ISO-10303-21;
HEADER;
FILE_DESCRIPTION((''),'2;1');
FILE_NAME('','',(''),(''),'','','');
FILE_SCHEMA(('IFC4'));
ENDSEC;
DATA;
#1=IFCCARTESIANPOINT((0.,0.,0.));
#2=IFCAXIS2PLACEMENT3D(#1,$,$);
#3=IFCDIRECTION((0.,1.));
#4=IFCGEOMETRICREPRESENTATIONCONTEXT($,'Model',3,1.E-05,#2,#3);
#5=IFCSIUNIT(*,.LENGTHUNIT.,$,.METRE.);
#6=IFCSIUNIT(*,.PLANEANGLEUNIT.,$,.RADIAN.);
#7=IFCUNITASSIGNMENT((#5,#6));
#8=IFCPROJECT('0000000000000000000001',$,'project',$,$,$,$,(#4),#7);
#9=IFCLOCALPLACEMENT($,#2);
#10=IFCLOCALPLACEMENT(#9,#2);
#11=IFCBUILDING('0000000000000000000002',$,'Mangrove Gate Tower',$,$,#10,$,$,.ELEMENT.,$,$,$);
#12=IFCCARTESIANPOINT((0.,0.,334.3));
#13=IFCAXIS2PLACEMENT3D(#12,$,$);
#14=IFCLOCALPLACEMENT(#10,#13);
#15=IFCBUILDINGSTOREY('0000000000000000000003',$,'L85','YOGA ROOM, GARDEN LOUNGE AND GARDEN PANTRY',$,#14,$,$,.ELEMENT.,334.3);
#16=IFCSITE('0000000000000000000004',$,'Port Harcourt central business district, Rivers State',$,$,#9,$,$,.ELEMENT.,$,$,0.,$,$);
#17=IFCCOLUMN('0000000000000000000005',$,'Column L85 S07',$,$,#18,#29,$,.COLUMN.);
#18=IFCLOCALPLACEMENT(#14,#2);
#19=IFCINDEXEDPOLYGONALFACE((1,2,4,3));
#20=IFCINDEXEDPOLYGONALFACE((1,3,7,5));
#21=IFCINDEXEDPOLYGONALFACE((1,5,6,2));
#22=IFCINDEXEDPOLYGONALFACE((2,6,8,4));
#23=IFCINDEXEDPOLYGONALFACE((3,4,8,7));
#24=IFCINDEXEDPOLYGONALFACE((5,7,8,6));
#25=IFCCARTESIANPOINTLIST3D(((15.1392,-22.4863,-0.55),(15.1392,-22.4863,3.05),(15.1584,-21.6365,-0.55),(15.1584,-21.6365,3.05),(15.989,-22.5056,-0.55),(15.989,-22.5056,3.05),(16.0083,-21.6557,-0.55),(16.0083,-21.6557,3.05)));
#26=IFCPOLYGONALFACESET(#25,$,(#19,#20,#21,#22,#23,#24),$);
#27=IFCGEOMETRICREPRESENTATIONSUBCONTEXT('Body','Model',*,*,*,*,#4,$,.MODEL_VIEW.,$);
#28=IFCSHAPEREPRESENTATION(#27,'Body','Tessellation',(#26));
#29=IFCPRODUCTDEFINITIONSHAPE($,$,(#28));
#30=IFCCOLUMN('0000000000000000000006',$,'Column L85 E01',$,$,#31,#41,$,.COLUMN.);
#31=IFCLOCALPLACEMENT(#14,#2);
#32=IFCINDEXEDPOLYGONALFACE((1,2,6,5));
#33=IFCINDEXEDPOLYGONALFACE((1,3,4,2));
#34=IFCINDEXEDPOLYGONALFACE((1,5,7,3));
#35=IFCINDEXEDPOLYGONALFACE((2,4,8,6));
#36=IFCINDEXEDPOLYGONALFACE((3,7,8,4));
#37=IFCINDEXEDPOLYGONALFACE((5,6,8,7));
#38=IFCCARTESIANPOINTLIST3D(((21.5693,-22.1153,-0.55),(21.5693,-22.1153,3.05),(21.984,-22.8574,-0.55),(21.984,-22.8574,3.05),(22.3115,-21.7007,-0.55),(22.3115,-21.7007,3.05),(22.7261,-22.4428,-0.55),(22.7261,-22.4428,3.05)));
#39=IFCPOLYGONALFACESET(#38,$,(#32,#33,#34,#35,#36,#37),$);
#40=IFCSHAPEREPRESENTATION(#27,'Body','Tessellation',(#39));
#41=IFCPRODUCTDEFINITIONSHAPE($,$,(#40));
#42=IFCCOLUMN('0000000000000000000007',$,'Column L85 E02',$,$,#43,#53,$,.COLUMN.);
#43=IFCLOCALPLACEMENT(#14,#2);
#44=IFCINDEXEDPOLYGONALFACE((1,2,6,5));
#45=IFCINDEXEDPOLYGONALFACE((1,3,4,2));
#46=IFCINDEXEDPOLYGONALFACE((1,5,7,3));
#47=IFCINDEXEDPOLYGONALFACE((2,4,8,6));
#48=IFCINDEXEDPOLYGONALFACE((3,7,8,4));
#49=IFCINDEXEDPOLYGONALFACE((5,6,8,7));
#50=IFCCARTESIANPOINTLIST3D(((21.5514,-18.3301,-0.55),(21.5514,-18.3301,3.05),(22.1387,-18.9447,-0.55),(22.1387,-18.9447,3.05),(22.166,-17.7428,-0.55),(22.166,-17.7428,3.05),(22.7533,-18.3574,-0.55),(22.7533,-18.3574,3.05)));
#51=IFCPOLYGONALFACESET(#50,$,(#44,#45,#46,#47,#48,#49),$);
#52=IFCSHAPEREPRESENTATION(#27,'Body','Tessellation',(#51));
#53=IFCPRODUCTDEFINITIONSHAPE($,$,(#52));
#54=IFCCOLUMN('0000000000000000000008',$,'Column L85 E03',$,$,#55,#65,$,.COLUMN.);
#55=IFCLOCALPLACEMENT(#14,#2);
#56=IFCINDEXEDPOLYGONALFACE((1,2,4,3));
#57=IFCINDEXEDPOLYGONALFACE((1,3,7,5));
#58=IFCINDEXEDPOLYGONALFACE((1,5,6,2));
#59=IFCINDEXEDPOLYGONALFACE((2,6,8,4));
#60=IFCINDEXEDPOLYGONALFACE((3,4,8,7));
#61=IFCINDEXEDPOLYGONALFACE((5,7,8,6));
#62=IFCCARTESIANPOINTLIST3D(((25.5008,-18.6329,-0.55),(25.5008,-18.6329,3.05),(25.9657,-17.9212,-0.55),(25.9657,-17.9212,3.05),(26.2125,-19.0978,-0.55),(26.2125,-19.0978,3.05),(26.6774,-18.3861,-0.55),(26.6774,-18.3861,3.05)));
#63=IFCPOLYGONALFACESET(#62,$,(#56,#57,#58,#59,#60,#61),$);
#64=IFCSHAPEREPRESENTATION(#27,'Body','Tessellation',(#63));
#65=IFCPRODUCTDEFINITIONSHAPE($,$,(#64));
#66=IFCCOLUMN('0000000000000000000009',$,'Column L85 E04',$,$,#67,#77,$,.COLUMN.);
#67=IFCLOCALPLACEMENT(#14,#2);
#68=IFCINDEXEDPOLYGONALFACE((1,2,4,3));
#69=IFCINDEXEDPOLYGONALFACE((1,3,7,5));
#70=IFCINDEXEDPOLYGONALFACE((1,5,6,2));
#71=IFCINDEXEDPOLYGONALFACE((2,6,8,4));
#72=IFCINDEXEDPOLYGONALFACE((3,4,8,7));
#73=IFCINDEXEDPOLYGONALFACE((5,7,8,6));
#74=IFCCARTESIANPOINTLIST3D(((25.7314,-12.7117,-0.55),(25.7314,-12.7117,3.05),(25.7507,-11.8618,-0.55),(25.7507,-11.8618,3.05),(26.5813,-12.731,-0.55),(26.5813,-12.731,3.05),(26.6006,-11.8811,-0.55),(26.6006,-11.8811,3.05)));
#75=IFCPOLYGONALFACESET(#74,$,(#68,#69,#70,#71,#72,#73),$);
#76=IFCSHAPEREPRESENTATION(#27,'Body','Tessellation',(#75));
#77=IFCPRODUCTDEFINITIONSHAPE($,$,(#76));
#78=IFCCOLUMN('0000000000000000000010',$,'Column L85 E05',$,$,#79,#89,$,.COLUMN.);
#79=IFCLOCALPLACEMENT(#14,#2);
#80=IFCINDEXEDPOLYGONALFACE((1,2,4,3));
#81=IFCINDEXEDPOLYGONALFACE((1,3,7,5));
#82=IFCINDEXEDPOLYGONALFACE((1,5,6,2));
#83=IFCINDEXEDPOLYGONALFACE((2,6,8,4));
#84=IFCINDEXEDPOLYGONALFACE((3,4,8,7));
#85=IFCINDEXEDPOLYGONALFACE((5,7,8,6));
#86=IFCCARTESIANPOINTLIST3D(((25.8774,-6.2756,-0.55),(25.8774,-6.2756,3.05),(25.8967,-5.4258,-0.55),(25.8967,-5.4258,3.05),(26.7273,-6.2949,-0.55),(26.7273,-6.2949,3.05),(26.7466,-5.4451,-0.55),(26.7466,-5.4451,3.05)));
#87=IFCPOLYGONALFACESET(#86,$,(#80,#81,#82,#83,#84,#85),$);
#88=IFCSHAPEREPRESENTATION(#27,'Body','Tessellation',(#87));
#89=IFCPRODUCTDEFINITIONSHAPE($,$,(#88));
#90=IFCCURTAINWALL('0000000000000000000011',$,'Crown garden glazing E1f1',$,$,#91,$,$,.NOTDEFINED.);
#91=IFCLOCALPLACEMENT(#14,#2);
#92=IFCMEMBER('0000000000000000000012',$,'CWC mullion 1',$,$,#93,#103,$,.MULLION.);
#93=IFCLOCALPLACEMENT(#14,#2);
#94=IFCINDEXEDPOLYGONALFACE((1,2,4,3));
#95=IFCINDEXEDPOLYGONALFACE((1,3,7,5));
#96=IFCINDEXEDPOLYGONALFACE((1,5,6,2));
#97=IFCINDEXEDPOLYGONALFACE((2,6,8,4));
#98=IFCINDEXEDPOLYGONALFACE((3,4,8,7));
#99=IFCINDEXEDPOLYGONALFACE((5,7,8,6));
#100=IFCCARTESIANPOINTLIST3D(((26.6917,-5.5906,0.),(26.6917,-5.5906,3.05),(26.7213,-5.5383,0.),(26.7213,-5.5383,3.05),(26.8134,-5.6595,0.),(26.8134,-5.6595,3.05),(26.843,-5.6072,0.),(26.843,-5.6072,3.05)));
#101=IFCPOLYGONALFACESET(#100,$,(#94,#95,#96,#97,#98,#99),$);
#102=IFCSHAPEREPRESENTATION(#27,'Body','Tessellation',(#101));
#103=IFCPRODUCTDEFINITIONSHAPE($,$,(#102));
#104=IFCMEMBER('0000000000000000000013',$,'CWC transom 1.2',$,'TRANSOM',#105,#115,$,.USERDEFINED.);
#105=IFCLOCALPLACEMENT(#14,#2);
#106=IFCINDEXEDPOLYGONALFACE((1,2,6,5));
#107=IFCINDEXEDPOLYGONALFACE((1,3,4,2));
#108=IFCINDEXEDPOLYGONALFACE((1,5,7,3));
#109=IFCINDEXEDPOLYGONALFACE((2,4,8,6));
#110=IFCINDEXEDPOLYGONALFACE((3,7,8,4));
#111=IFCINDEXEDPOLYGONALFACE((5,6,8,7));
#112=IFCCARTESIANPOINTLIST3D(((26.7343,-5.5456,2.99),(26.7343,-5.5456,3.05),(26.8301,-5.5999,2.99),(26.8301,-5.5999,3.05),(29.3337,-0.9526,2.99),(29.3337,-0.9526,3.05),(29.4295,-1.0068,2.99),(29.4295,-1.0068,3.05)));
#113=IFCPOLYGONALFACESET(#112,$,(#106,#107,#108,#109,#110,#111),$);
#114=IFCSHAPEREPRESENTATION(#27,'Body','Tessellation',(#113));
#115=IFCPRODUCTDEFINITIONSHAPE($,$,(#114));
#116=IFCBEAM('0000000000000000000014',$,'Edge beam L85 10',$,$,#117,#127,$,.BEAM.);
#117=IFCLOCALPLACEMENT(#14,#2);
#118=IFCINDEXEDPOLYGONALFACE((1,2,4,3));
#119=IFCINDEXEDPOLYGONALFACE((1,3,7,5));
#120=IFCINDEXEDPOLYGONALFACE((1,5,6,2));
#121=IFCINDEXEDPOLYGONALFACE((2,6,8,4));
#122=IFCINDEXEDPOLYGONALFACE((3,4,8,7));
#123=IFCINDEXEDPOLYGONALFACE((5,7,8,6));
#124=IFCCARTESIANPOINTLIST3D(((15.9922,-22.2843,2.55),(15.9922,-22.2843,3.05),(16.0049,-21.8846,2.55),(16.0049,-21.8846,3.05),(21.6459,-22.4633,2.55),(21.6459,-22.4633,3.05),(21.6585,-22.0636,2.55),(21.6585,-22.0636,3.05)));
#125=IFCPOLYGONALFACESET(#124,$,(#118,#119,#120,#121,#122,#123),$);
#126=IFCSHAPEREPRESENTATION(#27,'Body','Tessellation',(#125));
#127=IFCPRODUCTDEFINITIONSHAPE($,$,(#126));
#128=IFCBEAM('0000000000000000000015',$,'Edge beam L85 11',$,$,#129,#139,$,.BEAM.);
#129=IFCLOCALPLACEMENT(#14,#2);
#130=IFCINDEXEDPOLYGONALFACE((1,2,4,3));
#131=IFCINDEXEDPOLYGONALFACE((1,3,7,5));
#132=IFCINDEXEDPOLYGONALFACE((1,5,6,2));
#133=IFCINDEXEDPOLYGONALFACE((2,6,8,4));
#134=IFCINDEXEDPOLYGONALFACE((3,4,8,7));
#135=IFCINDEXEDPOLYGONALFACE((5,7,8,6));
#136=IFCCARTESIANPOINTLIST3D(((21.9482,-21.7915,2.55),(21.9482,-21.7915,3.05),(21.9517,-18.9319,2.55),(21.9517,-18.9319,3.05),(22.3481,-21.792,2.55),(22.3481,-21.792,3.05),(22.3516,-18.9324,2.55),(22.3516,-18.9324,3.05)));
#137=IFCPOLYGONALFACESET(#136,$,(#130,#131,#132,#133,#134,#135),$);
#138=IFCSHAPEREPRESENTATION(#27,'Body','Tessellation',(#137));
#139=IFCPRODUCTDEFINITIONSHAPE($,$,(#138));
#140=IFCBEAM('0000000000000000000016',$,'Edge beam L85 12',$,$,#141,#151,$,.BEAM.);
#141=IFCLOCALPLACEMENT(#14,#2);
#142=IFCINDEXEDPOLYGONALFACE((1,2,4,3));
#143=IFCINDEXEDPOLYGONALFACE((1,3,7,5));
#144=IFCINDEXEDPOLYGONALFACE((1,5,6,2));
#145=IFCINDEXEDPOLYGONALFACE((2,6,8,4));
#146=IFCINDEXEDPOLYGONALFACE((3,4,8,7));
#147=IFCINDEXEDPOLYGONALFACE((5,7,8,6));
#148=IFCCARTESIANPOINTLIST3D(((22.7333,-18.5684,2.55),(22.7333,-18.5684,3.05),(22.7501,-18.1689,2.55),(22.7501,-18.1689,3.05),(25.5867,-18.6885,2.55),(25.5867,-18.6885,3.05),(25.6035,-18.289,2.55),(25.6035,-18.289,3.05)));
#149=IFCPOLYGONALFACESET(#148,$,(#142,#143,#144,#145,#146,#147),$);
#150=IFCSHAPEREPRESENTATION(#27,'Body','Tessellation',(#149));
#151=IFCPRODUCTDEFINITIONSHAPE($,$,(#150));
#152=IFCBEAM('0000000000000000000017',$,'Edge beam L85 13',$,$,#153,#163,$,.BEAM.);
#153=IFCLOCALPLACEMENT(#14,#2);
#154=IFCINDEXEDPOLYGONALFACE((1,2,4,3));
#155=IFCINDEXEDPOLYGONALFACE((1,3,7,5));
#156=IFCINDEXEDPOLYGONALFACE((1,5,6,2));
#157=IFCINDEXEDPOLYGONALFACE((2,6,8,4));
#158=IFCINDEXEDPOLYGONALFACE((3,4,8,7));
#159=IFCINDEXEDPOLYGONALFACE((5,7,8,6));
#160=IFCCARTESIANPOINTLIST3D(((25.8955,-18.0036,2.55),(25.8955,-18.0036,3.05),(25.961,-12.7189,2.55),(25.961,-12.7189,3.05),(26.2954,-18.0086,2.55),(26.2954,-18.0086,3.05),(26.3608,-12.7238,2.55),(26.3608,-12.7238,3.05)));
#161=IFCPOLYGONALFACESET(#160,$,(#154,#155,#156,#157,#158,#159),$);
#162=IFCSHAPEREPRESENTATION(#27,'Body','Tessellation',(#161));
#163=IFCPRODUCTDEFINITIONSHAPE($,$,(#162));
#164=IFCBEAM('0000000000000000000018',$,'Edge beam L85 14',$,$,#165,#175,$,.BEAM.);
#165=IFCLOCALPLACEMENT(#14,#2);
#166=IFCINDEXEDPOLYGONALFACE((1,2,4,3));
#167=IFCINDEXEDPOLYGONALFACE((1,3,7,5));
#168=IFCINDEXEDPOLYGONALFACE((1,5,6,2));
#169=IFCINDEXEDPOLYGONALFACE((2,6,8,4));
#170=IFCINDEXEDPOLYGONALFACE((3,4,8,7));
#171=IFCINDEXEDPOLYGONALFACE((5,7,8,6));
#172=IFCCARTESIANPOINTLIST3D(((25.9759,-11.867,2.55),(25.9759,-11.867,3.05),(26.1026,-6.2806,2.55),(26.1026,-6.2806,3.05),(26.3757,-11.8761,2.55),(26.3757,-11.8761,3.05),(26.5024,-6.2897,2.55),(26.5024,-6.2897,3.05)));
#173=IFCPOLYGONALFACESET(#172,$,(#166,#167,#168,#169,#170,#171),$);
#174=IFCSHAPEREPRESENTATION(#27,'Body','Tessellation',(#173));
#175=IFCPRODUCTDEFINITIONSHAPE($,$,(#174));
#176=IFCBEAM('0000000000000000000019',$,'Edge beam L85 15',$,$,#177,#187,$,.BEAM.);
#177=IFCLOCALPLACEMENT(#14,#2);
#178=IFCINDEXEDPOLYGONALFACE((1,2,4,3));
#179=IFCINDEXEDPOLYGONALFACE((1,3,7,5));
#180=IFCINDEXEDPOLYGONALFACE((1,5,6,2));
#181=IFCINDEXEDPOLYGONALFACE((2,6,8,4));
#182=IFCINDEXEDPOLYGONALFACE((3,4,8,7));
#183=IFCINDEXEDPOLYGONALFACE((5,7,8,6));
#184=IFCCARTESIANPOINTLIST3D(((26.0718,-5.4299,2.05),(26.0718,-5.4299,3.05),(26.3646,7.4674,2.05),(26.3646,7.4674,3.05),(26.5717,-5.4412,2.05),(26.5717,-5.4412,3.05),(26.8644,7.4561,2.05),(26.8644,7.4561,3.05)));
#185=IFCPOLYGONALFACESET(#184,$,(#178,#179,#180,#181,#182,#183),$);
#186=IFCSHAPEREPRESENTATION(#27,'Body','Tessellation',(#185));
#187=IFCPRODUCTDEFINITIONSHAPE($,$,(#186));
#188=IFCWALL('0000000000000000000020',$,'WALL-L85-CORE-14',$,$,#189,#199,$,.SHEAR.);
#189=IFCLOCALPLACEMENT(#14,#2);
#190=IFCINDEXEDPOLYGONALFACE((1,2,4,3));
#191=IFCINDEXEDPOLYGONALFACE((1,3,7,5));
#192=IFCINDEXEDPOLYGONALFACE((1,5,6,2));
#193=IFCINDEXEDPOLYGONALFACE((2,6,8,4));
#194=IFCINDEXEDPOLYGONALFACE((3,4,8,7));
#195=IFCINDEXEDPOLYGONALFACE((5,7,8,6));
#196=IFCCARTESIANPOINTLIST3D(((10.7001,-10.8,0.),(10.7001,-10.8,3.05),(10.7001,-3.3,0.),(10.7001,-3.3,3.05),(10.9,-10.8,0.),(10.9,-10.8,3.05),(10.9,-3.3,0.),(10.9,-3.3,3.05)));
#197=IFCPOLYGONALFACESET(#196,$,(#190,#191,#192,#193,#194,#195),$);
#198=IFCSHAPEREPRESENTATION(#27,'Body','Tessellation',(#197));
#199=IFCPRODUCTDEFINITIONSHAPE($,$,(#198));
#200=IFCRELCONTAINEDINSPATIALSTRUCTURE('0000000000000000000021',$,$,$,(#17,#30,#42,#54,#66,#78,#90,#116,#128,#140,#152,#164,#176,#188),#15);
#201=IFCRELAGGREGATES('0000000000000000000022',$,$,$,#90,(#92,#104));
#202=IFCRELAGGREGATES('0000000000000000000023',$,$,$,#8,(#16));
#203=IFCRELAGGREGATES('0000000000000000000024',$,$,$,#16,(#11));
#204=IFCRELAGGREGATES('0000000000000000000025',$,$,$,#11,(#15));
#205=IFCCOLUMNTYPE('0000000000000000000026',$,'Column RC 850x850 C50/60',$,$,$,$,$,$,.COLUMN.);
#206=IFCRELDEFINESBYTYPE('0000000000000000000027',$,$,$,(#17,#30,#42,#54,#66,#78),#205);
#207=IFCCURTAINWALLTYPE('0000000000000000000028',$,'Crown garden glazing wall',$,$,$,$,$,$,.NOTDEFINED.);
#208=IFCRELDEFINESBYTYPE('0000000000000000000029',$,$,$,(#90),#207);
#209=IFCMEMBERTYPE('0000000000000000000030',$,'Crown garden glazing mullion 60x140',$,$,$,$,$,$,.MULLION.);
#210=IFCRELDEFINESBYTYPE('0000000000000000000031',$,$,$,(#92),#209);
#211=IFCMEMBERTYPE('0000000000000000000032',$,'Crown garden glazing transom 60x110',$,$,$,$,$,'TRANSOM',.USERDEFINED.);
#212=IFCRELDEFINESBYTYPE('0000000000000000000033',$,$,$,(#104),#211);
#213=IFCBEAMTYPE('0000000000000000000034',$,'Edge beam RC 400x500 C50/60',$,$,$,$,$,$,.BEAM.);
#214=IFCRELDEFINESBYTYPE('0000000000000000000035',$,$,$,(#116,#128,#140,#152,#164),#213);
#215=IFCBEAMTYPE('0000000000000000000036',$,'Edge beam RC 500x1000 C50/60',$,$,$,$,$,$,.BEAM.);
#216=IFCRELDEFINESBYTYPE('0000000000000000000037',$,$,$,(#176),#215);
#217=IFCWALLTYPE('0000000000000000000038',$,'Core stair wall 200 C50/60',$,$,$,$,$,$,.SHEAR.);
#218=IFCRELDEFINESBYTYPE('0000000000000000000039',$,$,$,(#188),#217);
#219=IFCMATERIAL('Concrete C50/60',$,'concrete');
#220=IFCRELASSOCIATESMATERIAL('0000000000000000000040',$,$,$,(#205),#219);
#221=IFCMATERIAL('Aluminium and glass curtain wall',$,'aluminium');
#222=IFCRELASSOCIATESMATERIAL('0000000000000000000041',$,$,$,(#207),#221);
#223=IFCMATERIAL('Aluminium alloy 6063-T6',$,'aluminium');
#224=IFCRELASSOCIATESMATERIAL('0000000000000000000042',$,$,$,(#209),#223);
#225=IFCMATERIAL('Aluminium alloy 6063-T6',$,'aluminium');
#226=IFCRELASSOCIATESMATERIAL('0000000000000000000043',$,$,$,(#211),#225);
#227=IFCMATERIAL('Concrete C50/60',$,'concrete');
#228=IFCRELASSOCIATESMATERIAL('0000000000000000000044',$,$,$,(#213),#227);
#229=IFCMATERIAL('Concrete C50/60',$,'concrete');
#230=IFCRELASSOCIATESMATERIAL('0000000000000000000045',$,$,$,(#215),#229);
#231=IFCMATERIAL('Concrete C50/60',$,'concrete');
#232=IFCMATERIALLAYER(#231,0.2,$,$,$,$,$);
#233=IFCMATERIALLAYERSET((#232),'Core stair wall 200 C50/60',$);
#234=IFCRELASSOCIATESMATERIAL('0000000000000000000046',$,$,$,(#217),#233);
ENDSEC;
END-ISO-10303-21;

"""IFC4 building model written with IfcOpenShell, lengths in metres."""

from ifc_helpers import new_model, si_unit, direction, frame, frame_2d, origin, origin_2d, place, context, subcontext, project, spatial, rectangle, extrude, material, layer, layer_set, material_profile, profile_set, type_object, element, aggregate, save


model = new_model("IFC4")

# Units and contexts
model_context = context("Model", 3, precision=1e-05, world=origin(), true_north=direction((0.0, 1.0)))
body_context = subcontext(model_context, "Body", "Model", "MODEL_VIEW")
ifc_project = project(units=[si_unit("LENGTHUNIT", "METRE"), si_unit("PLANEANGLEUNIT", "RADIAN")], contexts=[model_context])

# Site, building, storey
site_placement = place(None, origin())
site = spatial("IfcSite", under=ifc_project, at=site_placement, Name="Port Harcourt central business district, Rivers State", CompositionType="ELEMENT", RefElevation=0.0)
building_placement = place(site_placement, origin())
building = spatial("IfcBuilding", under=site, at=building_placement, Name="Mangrove Gate Tower", CompositionType="ELEMENT")
storey_placement = place(building_placement, frame((0.0, 0.0, 334.3)))
storey = spatial("IfcBuildingStorey", under=building, at=storey_placement, Name="L85", Description="YOGA ROOM, GARDEN LOUNGE AND GARDEN PANTRY", CompositionType="ELEMENT", Elevation=334.3)

# Columns
ifc_material_1 = material(Name="Concrete C50/60", Category="concrete")
ifc_material_profile_1 = material_profile(ifc_material_1, rectangle(XDim=0.8501, YDim=0.8501, at=origin_2d()))
ifc_profile_set_1 = profile_set([ifc_material_profile_1], Name="Concrete C50/60")
column_type = type_object("IfcColumnType", Name="Column RC 850x850 C50/60", PredefinedType="COLUMN", material=ifc_profile_set_1)
for number, where, z_axis, x_axis, name in (
    (1, (15.5737, -22.071, -0.55), (0.0, 0.0, 1.0), (0.999743, -0.022671, 0.0), "Column L85 S07"),
    (2, (22.1477, -22.2791, -0.55), (0.0, 0.0, 1.0), (0.872988, 0.487742, 0.0), "Column L85 E01"),
    (3, (22.1523, -18.3438, -0.55), (0.0, 0.0, 1.0), (0.72301, 0.690837, 0.0), "Column L85 E02"),
    (4, (26.0891, -18.5095, -0.55), (0.0, 0.0, 1.0), (0.546912, 0.83719, 0.0), "Column L85 E03"),
    (5, (26.166, -12.2964, -0.55), (0.0, 0.0, 1.0), (0.022679, 0.999743, 0.0), "Column L85 E04"),
    (6, (26.312, -5.8604, -0.55), (0.0, 0.0, 1.0), (0.022687, 0.999743, 0.0), "Column L85 E05"),
):
    element("IfcColumn", number, at=place(storey_placement, frame(where, z_axis=z_axis, x_axis=x_axis)), inside=storey, type_object=column_type, Name=name, PredefinedType="COLUMN", context=body_context, shape_type="SweptSolid", body=[
        extrude(rectangle(XDim=0.8501, YDim=0.8501, at=origin_2d()), origin(), (0.0, 0.0, 1.0), 3.6001),
    ])

# Curtain wall, members
ifc_material_2 = material(Name="Aluminium and glass curtain wall", Category="aluminium")
curtain_wall_type = type_object("IfcCurtainWallType", Name="Crown garden glazing wall", PredefinedType="NOTDEFINED", material=ifc_material_2)
curtain_wall_placement = place(storey_placement, origin())
curtain_wall = element("IfcCurtainWall", 7, at=curtain_wall_placement, inside=storey, type_object=curtain_wall_type, Name="Crown garden glazing E1f1", PredefinedType="NOTDEFINED")
ifc_material_3 = material(Name="Aluminium alloy 6063-T6", Category="aluminium")
ifc_material_profile_2 = material_profile(ifc_material_3, rectangle(XDim=0.0601, YDim=0.1399, at=origin_2d()))
ifc_profile_set_2 = profile_set([ifc_material_profile_2], Name="Aluminium alloy 6063-T6")
member_type_1 = type_object("IfcMemberType", Name="Crown garden glazing mullion 60x140", PredefinedType="MULLION", material=ifc_profile_set_2)
member_1_placement = place(storey_placement, frame((26.7673, -5.5989, 0.0), z_axis=(0.0, 0.0, 1.0), x_axis=(0.492566, 0.870275, 0.0)))
member_1 = element("IfcMember", 8, at=member_1_placement, type_object=member_type_1, Name="CWC mullion 1", PredefinedType="MULLION", context=body_context, shape_type="SweptSolid", body=[
    extrude(rectangle(XDim=0.0601, YDim=0.1399, at=origin_2d()), origin(), (0.0, 0.0, 1.0), 3.05),
])
ifc_material_4 = material(Name="Aluminium alloy 6063-T6", Category="aluminium")
ifc_material_profile_3 = material_profile(ifc_material_4, rectangle(XDim=0.0601, YDim=0.1101, at=origin_2d()))
ifc_profile_set_3 = profile_set([ifc_material_profile_3], Name="Aluminium alloy 6063-T6")
member_type_2 = type_object("IfcMemberType", Name="Crown garden glazing transom 60x110", ElementType="TRANSOM", PredefinedType="USERDEFINED", material=ifc_profile_set_3)
member_2_placement = place(storey_placement, frame((26.7822, -5.5728, 3.02), z_axis=(0.492533, 0.870294, 0.0), x_axis=(0.0, 0.0, 1.0)))
member_2 = element("IfcMember", 9, at=member_2_placement, type_object=member_type_2, Name="CWC transom 1.2", ObjectType="TRANSOM", PredefinedType="USERDEFINED", context=body_context, shape_type="SweptSolid", body=[
    extrude(rectangle(XDim=0.0601, YDim=0.1101, at=origin_2d()), origin(), (0.0, 0.0, 1.0), 5.2776),
])
aggregate(curtain_wall, [member_1, member_2])

# Beams
ifc_material_5 = material(Name="Concrete C50/60", Category="concrete")
ifc_material_profile_4 = material_profile(ifc_material_5, rectangle(XDim=0.3999, YDim=0.5, at=origin_2d()))
ifc_profile_set_4 = profile_set([ifc_material_profile_4], Name="Concrete C50/60")
beam_type_1 = type_object("IfcBeamType", Name="Edge beam RC 400x500 C50/60", PredefinedType="BEAM", material=ifc_profile_set_4)
beam_1_placement = place(storey_placement, frame((15.9985, -22.0845, 2.8), z_axis=(0.999499, -0.031638, 0.0), x_axis=(0.031638, 0.999499, 0.0)))
element("IfcBeam", 10, at=beam_1_placement, inside=storey, type_object=beam_type_1, Name="Edge beam L85 10", PredefinedType="BEAM", context=body_context, shape_type="SweptSolid", body=[
    extrude(rectangle(XDim=0.3999, YDim=0.5, at=origin_2d()), origin(), (0.0, 0.0, 1.0), 5.6565),
])
beam_2_placement = place(storey_placement, frame((22.1482, -21.7917, 2.8), z_axis=(0.001195, 0.999999, 0.0), x_axis=(-0.999999, 0.001195, 0.0)))
element("IfcBeam", 11, at=beam_2_placement, inside=storey, type_object=beam_type_1, Name="Edge beam L85 11", PredefinedType="BEAM", context=body_context, shape_type="SweptSolid", body=[
    extrude(rectangle(XDim=0.3999, YDim=0.5, at=origin_2d()), origin(), (0.0, 0.0, 1.0), 2.8596),
])
beam_3_placement = place(storey_placement, frame((22.7417, -18.3687, 2.8), z_axis=(0.999115, -0.042057, 0.0), x_axis=(0.042057, 0.999115, 0.0)))
element("IfcBeam", 12, at=beam_3_placement, inside=storey, type_object=beam_type_1, Name="Edge beam L85 12", PredefinedType="BEAM", context=body_context, shape_type="SweptSolid", body=[
    extrude(rectangle(XDim=0.3999, YDim=0.5, at=origin_2d()), origin(), (0.0, 0.0, 1.0), 2.856),
])
beam_4_placement = place(storey_placement, frame((26.0955, -18.0061, 2.8), z_axis=(0.01238, 0.999923, 0.0), x_axis=(-0.999923, 0.01238, 0.0)))
element("IfcBeam", 13, at=beam_4_placement, inside=storey, type_object=beam_type_1, Name="Edge beam L85 13", PredefinedType="BEAM", context=body_context, shape_type="SweptSolid", body=[
    extrude(rectangle(XDim=0.3999, YDim=0.5, at=origin_2d()), origin(), (0.0, 0.0, 1.0), 5.2852),
])
beam_5_placement = place(storey_placement, frame((26.1758, -11.8716, 2.8), z_axis=(0.022676, 0.999743, 0.0), x_axis=(-0.999743, 0.022676, 0.0)))
element("IfcBeam", 14, at=beam_5_placement, inside=storey, type_object=beam_type_1, Name="Edge beam L85 14", PredefinedType="BEAM", context=body_context, shape_type="SweptSolid", body=[
    extrude(rectangle(XDim=0.3999, YDim=0.5, at=origin_2d()), origin(), (0.0, 0.0, 1.0), 5.5879),
])
ifc_material_6 = material(Name="Concrete C50/60", Category="concrete")
ifc_material_profile_5 = material_profile(ifc_material_6, rectangle(XDim=0.5, YDim=1.0, at=origin_2d()))
ifc_profile_set_5 = profile_set([ifc_material_profile_5], Name="Concrete C50/60")
beam_type_2 = type_object("IfcBeamType", Name="Edge beam RC 500x1000 C50/60", PredefinedType="BEAM", material=ifc_profile_set_5)
beam_6_placement = place(storey_placement, frame((26.3218, -5.4355, 2.55), z_axis=(0.022691, 0.999743, 0.0), x_axis=(-0.999743, 0.022691, 0.0)))
element("IfcBeam", 15, at=beam_6_placement, inside=storey, type_object=beam_type_2, Name="Edge beam L85 15", PredefinedType="BEAM", context=body_context, shape_type="SweptSolid", body=[
    extrude(rectangle(XDim=0.5, YDim=1.0, at=origin_2d()), origin(), (0.0, 0.0, 1.0), 12.9006),
])

# Wall
ifc_material_7 = material(Name="Concrete C50/60", Category="concrete")
ifc_layer_1 = layer(ifc_material_7, 0.2)
ifc_layer_set_1 = layer_set([ifc_layer_1], Name="Core stair wall 200 C50/60")
wall_type_1 = type_object("IfcWallType", Name="Core stair wall 200 C50/60", PredefinedType="SHEAR", material=ifc_layer_set_1)
wall_1_placement = place(storey_placement, frame((10.8, -10.8, 0.0), z_axis=(0.0, 0.0, 1.0), x_axis=(0.0, 1.0, 0.0)))
element("IfcWall", 16, at=wall_1_placement, inside=storey, type_object=wall_type_1, Name="WALL-L85-CORE-14", PredefinedType="SHEAR", context=body_context, shape_type="SweptSolid", body=[
    extrude(rectangle(XDim=7.5, YDim=0.2, at=frame_2d((3.75, 0.0))), origin(), (0.0, 0.0, 1.0), 3.05),
])

save(model, "model.ifc")
